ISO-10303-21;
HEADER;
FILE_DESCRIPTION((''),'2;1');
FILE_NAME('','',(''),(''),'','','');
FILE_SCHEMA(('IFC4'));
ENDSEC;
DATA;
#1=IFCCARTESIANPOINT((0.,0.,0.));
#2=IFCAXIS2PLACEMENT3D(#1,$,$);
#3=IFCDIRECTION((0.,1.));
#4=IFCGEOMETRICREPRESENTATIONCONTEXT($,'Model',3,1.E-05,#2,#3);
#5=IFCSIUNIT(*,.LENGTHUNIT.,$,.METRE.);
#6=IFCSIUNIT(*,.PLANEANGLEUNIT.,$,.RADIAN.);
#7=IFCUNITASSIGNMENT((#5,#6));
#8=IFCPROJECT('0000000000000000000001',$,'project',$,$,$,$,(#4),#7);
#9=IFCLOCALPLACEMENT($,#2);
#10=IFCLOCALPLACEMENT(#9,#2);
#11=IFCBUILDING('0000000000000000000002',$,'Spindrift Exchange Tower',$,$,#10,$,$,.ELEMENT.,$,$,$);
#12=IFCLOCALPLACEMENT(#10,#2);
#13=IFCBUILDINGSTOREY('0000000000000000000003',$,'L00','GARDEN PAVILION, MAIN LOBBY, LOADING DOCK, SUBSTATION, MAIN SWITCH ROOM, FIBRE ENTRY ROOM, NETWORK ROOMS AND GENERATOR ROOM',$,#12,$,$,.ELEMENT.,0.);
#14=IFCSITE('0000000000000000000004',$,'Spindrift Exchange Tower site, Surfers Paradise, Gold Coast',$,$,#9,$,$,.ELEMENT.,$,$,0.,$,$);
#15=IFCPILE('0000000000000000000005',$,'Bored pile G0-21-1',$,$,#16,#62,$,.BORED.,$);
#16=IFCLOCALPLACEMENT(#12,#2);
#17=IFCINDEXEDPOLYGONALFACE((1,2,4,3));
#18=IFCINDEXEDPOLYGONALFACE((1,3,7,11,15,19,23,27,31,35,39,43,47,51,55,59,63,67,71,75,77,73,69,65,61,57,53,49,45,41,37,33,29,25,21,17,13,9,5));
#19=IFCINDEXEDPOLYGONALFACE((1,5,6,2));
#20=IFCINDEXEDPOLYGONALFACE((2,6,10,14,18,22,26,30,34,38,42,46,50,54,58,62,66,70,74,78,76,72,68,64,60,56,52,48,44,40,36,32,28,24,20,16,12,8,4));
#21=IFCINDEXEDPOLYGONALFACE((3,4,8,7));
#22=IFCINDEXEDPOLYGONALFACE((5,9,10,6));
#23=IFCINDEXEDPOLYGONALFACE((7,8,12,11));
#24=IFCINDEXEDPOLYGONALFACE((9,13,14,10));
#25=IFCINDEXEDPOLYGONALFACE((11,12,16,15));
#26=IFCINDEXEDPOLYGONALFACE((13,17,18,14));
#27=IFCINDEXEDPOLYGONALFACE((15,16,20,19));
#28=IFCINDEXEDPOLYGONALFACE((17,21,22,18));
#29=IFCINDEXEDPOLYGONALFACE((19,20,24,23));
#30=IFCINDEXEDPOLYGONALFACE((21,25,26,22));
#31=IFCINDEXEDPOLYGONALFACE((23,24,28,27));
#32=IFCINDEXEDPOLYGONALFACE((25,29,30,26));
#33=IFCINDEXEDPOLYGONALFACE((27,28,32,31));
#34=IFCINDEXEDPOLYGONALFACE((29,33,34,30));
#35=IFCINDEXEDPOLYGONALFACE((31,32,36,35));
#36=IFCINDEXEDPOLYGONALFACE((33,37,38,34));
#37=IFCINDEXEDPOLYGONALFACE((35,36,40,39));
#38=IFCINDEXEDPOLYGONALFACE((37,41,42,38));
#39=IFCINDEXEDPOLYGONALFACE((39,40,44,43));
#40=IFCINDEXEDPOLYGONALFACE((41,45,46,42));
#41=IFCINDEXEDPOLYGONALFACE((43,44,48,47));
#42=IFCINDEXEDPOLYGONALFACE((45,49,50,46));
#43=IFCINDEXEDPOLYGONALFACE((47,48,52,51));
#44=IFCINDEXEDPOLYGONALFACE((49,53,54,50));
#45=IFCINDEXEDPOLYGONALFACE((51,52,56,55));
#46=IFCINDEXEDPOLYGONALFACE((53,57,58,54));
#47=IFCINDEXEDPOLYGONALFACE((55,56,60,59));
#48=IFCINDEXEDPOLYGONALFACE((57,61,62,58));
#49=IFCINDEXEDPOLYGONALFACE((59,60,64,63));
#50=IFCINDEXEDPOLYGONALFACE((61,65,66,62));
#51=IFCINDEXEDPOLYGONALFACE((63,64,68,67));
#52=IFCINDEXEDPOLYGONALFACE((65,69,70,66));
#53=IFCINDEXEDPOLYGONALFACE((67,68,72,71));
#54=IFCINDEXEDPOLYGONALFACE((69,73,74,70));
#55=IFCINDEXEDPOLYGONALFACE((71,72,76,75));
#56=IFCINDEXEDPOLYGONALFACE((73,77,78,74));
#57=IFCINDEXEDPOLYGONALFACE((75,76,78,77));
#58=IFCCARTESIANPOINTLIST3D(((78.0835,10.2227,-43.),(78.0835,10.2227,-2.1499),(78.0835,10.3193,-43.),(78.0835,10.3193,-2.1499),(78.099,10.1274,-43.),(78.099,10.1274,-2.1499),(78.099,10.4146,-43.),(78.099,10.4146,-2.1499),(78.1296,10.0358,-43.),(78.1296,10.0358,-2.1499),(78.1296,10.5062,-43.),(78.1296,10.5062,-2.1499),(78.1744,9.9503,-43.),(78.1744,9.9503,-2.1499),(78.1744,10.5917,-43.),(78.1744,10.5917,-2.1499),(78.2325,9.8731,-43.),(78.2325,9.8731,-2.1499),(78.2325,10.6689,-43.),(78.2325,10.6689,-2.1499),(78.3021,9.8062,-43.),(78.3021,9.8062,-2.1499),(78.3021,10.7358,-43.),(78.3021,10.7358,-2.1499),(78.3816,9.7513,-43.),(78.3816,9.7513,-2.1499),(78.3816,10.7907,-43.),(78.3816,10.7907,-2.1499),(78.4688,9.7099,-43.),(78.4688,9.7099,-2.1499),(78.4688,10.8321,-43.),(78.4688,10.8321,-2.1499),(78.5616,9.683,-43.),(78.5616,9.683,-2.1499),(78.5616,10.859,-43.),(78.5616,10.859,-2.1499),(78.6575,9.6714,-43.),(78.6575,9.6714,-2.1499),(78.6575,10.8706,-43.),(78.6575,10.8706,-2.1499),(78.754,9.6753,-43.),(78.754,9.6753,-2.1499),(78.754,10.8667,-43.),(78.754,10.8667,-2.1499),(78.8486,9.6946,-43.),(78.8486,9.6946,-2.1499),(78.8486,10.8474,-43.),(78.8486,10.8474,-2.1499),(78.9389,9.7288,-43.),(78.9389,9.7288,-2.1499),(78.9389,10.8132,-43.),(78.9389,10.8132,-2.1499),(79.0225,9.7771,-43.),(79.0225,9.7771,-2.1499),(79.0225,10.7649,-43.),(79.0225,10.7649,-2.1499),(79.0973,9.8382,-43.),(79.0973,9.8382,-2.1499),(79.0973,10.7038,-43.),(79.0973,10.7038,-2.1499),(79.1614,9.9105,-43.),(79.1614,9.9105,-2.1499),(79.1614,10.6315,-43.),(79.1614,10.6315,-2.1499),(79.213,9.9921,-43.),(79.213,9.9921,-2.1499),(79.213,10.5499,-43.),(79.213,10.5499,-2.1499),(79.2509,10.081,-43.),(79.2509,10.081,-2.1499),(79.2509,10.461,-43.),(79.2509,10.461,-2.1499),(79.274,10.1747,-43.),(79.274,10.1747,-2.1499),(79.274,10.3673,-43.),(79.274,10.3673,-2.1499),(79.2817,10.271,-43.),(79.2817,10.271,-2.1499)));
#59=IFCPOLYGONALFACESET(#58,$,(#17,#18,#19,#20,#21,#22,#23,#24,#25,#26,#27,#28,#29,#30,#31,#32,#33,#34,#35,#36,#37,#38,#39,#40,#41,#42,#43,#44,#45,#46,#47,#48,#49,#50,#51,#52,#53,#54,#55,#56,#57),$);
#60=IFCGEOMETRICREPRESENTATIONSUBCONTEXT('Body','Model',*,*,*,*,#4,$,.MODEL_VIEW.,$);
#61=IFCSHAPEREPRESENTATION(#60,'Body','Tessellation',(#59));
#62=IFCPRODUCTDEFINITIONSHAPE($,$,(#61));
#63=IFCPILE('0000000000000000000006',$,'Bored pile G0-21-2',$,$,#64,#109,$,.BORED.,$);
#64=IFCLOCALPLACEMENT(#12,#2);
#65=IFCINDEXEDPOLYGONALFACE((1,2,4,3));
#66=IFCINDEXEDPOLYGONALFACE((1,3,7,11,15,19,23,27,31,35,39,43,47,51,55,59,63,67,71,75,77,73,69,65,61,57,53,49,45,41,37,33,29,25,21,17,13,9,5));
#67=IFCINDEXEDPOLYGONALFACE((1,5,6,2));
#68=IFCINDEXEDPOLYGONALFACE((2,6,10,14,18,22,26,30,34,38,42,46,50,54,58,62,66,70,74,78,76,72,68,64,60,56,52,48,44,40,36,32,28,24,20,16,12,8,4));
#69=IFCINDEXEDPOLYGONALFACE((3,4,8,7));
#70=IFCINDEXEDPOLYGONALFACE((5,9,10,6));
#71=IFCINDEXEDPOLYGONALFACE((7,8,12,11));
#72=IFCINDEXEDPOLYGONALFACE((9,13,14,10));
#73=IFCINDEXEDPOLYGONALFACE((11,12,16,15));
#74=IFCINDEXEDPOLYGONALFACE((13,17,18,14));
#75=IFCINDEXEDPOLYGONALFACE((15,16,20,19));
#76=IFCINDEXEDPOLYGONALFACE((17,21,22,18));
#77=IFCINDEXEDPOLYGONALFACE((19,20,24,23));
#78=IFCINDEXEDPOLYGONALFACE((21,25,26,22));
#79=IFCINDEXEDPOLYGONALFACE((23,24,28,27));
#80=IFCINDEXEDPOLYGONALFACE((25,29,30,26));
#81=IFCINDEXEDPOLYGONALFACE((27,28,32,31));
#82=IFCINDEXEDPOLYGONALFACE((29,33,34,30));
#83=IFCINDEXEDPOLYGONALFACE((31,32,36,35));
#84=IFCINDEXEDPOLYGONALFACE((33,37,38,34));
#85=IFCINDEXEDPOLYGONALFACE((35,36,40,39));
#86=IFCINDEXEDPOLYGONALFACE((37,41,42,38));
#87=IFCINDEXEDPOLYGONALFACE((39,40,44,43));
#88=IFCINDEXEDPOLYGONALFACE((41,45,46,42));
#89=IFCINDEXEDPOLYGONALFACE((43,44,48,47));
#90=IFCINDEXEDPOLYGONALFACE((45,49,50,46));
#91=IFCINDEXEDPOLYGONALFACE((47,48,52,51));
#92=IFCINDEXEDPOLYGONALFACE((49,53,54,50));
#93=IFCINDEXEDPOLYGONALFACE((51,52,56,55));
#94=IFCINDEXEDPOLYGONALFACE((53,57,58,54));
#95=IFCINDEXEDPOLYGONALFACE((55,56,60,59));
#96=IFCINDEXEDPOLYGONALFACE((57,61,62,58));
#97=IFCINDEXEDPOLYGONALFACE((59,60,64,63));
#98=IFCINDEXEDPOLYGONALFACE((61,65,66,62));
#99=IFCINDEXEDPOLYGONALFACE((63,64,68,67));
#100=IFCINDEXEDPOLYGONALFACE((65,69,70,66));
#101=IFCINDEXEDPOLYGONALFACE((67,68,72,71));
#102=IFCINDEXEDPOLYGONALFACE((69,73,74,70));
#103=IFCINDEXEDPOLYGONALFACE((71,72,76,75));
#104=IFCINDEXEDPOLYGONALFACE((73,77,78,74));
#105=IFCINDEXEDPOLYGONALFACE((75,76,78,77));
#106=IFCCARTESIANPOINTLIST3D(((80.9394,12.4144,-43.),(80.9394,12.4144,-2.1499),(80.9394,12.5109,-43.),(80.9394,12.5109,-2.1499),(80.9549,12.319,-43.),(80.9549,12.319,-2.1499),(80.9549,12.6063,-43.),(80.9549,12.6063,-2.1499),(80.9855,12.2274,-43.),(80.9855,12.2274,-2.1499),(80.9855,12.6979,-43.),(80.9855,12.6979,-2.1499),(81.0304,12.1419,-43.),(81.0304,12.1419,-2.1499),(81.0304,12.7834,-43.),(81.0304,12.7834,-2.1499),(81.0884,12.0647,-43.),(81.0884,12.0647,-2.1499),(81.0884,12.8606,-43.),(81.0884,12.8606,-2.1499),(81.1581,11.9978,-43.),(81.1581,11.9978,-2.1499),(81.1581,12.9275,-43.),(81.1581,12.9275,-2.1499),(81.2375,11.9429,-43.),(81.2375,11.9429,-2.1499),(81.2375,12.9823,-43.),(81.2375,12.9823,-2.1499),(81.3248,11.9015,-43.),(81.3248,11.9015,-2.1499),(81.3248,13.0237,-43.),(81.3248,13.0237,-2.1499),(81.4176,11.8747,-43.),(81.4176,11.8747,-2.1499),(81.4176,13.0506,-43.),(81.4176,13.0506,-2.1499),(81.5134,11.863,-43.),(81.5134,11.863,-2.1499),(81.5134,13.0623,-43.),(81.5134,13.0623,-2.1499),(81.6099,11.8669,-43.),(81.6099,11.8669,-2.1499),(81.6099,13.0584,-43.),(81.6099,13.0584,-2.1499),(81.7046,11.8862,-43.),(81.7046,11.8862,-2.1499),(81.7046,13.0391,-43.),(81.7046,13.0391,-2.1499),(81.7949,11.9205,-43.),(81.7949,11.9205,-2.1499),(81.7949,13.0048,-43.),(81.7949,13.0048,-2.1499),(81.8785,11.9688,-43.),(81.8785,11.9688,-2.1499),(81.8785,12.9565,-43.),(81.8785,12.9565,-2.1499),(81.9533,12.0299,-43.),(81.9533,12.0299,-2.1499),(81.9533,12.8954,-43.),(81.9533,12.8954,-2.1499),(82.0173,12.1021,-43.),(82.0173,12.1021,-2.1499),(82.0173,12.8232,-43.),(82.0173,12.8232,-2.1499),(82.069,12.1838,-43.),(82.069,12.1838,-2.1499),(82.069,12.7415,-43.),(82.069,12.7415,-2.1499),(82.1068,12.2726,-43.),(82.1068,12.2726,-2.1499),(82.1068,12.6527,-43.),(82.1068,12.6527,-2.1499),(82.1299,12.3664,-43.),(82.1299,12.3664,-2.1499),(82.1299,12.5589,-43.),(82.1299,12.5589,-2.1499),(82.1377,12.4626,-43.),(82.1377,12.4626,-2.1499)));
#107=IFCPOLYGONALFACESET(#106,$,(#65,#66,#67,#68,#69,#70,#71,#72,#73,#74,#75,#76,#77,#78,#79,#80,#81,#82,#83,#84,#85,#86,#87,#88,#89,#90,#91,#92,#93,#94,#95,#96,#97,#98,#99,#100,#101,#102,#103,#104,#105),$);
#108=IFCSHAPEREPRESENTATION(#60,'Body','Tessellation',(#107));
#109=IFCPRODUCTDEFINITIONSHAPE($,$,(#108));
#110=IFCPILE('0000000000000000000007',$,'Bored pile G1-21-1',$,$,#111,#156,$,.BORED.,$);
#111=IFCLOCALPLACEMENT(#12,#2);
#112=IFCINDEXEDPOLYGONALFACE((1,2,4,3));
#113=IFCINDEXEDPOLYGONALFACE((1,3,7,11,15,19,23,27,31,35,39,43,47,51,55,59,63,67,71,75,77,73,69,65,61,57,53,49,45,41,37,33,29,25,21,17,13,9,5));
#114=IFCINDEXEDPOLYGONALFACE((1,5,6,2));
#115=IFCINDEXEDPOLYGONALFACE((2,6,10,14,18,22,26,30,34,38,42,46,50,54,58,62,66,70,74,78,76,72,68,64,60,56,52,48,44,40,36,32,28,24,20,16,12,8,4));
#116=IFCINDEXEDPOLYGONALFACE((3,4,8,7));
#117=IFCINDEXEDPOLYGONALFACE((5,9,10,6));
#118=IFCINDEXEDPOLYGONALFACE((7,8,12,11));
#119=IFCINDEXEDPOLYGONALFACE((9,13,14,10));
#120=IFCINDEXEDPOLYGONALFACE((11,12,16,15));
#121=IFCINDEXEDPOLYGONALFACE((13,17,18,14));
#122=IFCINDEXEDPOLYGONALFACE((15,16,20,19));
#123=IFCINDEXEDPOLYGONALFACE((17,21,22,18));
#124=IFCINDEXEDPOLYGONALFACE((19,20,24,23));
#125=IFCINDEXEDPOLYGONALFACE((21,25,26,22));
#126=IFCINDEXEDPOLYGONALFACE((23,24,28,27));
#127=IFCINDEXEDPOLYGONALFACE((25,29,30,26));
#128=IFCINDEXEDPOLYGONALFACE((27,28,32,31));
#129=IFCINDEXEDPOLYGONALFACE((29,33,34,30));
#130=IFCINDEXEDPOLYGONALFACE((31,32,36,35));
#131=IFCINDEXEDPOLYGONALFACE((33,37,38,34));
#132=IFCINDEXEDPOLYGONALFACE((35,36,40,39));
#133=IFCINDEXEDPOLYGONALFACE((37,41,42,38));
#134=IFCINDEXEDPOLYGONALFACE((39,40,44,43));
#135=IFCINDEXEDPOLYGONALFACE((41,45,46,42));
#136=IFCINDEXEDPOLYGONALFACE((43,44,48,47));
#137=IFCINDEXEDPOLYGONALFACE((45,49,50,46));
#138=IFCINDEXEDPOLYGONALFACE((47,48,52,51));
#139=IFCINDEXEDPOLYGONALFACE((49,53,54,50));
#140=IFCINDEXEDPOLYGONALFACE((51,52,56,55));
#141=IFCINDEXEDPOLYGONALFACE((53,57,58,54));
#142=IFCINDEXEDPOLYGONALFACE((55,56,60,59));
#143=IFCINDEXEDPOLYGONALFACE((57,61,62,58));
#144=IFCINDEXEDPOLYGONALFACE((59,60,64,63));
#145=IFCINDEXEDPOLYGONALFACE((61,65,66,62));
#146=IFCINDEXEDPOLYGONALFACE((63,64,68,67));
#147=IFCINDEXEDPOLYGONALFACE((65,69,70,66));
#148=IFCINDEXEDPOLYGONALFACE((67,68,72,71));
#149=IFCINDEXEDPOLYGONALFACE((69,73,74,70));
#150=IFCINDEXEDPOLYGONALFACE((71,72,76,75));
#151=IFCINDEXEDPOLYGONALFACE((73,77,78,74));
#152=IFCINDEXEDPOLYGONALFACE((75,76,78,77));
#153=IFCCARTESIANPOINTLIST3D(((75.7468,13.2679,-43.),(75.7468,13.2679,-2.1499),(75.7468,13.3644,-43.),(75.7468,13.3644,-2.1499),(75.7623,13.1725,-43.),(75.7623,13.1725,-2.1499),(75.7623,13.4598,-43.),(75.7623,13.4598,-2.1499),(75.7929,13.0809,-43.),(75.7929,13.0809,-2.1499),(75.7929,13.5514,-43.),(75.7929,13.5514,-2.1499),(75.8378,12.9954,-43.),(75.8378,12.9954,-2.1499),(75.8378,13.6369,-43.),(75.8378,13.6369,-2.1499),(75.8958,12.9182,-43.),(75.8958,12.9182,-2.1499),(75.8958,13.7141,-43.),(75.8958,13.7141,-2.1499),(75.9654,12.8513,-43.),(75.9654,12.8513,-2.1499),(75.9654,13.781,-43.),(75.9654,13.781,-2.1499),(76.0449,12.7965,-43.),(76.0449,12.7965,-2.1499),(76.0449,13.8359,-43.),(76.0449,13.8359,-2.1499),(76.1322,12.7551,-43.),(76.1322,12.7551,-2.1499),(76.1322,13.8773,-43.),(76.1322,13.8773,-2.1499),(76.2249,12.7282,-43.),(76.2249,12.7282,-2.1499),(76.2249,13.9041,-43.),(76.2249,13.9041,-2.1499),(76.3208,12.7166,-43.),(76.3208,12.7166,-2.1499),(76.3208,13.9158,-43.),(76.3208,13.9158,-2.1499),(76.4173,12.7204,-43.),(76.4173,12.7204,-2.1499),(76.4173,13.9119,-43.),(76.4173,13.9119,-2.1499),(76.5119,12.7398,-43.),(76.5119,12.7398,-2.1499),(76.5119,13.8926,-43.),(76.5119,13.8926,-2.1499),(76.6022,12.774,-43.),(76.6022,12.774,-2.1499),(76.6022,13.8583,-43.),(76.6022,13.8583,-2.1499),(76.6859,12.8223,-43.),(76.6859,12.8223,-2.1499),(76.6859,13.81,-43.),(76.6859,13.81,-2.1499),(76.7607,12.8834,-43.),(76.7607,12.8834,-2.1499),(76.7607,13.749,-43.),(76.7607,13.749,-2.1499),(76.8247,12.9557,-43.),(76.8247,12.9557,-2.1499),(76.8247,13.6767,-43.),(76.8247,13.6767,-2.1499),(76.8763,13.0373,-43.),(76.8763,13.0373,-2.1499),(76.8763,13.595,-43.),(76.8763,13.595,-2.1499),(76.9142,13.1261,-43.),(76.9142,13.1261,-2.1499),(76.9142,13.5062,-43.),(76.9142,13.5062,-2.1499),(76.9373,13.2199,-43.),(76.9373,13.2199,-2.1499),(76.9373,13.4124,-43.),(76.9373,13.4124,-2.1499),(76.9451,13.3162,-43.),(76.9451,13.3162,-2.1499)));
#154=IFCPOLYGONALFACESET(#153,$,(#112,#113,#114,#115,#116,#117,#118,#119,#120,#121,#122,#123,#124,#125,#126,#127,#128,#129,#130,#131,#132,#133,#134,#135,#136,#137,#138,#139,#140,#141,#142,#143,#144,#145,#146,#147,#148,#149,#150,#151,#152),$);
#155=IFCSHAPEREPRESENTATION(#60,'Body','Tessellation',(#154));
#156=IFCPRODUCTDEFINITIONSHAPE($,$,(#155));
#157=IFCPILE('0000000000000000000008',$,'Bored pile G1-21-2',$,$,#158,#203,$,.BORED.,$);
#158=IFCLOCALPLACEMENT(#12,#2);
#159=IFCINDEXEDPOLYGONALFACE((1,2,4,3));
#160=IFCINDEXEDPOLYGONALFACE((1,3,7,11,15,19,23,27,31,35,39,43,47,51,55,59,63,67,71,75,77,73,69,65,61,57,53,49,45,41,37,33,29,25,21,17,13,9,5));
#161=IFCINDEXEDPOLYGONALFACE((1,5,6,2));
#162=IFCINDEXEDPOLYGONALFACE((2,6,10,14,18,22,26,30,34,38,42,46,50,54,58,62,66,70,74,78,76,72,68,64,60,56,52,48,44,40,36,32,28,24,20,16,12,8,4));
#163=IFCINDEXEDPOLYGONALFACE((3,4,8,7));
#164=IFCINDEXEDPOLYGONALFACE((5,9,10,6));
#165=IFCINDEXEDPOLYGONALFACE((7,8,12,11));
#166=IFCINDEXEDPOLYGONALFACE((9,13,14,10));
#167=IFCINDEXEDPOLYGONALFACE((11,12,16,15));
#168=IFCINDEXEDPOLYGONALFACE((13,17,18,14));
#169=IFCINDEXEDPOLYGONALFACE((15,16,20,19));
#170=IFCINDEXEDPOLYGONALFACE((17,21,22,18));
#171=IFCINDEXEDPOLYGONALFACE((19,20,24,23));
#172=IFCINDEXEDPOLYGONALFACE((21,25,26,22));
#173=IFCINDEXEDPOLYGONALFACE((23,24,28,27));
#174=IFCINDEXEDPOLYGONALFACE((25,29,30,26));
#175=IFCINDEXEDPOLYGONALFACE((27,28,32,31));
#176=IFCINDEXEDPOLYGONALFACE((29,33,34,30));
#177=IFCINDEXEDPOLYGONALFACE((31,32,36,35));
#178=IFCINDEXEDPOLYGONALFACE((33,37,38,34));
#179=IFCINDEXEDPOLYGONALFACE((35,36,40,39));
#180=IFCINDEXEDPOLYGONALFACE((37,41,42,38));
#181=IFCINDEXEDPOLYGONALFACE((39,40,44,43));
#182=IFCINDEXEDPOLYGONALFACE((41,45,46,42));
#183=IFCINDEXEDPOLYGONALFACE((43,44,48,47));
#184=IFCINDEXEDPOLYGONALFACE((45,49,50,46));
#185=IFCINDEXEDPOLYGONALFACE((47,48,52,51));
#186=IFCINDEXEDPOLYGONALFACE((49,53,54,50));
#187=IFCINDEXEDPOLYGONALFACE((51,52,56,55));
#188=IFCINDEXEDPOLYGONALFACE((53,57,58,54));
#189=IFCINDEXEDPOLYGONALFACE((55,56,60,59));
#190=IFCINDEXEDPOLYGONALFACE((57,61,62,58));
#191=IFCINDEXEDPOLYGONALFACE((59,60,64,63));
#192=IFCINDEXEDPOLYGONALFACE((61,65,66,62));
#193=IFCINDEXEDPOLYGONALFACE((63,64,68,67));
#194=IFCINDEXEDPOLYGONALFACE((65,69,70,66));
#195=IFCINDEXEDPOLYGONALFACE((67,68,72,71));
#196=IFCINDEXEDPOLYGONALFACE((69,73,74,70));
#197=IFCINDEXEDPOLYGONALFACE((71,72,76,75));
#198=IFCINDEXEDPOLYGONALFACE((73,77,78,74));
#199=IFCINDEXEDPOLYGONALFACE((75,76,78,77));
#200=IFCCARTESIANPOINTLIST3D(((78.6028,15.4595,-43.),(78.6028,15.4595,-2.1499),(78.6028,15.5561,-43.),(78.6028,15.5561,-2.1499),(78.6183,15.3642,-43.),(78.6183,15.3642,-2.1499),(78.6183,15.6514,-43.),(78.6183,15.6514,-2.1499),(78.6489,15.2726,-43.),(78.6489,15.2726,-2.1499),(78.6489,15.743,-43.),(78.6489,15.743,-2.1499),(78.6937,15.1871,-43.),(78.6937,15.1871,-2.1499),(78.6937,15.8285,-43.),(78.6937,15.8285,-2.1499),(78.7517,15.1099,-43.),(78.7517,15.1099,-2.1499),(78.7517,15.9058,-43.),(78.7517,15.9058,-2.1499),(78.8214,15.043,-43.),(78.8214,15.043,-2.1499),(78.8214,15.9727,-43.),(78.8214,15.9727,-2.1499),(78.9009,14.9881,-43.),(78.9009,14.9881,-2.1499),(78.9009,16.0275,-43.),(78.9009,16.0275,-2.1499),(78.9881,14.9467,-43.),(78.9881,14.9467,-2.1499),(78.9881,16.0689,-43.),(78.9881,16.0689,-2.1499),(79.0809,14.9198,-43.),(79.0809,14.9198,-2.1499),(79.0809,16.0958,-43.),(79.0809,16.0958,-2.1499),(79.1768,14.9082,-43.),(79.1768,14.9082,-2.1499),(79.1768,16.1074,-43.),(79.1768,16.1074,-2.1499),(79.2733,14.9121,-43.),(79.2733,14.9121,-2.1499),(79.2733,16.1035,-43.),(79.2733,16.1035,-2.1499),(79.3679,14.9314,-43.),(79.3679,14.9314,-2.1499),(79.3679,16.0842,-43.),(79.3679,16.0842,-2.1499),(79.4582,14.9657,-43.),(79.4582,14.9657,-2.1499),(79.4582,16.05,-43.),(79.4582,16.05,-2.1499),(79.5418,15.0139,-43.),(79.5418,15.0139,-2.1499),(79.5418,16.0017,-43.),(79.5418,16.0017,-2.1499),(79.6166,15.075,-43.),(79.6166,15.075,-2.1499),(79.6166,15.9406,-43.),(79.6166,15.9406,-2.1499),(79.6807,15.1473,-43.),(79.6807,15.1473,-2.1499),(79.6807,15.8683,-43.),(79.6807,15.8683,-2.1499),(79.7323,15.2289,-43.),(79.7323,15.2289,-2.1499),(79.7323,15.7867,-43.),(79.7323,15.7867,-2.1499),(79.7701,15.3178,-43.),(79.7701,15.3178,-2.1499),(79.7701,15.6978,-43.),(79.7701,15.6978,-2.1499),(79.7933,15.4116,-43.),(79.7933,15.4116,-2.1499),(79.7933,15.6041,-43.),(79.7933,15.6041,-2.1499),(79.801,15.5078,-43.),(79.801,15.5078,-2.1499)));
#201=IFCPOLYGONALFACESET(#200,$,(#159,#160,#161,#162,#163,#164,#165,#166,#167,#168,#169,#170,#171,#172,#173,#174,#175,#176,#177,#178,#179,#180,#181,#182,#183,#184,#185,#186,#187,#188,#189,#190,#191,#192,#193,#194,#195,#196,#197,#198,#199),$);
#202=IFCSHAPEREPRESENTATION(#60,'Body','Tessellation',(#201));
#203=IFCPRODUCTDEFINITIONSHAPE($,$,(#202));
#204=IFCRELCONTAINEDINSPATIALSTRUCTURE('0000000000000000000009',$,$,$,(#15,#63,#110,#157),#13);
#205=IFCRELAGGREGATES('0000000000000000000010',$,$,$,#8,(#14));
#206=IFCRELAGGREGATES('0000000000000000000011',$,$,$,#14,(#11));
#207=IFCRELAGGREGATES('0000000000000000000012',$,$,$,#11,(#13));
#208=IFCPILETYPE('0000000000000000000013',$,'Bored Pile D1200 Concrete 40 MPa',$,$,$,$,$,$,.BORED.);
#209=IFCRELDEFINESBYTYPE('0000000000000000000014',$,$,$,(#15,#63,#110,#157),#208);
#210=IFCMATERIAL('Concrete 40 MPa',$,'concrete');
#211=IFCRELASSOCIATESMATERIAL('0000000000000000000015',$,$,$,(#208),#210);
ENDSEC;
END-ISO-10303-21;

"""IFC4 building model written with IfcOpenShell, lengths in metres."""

from ifc_helpers import new_model, si_unit, direction, frame, origin, origin_2d, place, context, subcontext, project, spatial, circle, extrude, source, transform, mapped, material, material_profile, profile_set, type_object, element, save


model = new_model("IFC4")

# Units and contexts
model_context = context("Model", 3, precision=1e-05, world=origin(), true_north=direction((0.0, 1.0)))
body_context = subcontext(model_context, "Body", "Model", "MODEL_VIEW")
ifc_project = project(units=[si_unit("LENGTHUNIT", "METRE"), si_unit("PLANEANGLEUNIT", "RADIAN")], contexts=[model_context])

# Site, building, storey
site_placement = place(None, origin())
site = spatial("IfcSite", under=ifc_project, at=site_placement, Name="Spindrift Exchange Tower site, Surfers Paradise, Gold Coast", CompositionType="ELEMENT", RefElevation=0.0)
building_placement = place(site_placement, origin())
building = spatial("IfcBuilding", under=site, at=building_placement, Name="Spindrift Exchange Tower", CompositionType="ELEMENT")
storey_placement = place(building_placement, origin())
storey = spatial("IfcBuildingStorey", under=building, at=storey_placement, Name="L00", Description="GARDEN PAVILION, MAIN LOBBY, LOADING DOCK, SUBSTATION, MAIN SWITCH ROOM, FIBRE ENTRY ROOM, NETWORK ROOMS AND GENERATOR ROOM", CompositionType="ELEMENT", Elevation=0.0)

# Piles
ifc_material_1 = material(Name="Concrete 40 MPa", Category="concrete")
ifc_material_profile_1 = material_profile(ifc_material_1, circle(Radius=0.6001, at=origin_2d()), Name="BP D1200")
ifc_profile_set_1 = profile_set([ifc_material_profile_1], Name="Concrete 40 MPa")
pile_type = type_object("IfcPileType", Name="Bored Pile D1200 Concrete 40 MPa", PredefinedType="BORED", material=ifc_profile_set_1)
shared_shape_1 = source(origin(), body_context, "Body", "SweptSolid", [
    extrude(circle(Radius=0.6001, at=origin_2d()), origin(), (0.0, 0.0, 1.0), 40.8501),
])
for number, where, z_axis, x_axis, name in (
    (1, (78.6816, 10.271, -2.1499), (0.0, 0.0, -1.0), (1.0, 0.0, 0.0), "Bored pile G0-21-1"),
    (2, (81.5376, 12.4626, -2.1499), (0.0, 0.0, -1.0), (1.0, 0.0, 0.0), "Bored pile G0-21-2"),
    (3, (76.345, 13.3162, -2.1499), (0.0, 0.0, -1.0), (1.0, 0.0, 0.0), "Bored pile G1-21-1"),
    (4, (79.2009, 15.5078, -2.1499), (0.0, 0.0, -1.0), (1.0, 0.0, 0.0), "Bored pile G1-21-2"),
):
    element("IfcPile", number, at=place(storey_placement, frame(where, z_axis=z_axis, x_axis=x_axis)), inside=storey, type_object=pile_type, Name=name, PredefinedType="BORED", context=body_context, shape_type="MappedRepresentation", body=[
        mapped(shared_shape_1, transform((0.0, 0.0, 0.0), scale=1.0)),
    ])

save(model, "model.ifc")
